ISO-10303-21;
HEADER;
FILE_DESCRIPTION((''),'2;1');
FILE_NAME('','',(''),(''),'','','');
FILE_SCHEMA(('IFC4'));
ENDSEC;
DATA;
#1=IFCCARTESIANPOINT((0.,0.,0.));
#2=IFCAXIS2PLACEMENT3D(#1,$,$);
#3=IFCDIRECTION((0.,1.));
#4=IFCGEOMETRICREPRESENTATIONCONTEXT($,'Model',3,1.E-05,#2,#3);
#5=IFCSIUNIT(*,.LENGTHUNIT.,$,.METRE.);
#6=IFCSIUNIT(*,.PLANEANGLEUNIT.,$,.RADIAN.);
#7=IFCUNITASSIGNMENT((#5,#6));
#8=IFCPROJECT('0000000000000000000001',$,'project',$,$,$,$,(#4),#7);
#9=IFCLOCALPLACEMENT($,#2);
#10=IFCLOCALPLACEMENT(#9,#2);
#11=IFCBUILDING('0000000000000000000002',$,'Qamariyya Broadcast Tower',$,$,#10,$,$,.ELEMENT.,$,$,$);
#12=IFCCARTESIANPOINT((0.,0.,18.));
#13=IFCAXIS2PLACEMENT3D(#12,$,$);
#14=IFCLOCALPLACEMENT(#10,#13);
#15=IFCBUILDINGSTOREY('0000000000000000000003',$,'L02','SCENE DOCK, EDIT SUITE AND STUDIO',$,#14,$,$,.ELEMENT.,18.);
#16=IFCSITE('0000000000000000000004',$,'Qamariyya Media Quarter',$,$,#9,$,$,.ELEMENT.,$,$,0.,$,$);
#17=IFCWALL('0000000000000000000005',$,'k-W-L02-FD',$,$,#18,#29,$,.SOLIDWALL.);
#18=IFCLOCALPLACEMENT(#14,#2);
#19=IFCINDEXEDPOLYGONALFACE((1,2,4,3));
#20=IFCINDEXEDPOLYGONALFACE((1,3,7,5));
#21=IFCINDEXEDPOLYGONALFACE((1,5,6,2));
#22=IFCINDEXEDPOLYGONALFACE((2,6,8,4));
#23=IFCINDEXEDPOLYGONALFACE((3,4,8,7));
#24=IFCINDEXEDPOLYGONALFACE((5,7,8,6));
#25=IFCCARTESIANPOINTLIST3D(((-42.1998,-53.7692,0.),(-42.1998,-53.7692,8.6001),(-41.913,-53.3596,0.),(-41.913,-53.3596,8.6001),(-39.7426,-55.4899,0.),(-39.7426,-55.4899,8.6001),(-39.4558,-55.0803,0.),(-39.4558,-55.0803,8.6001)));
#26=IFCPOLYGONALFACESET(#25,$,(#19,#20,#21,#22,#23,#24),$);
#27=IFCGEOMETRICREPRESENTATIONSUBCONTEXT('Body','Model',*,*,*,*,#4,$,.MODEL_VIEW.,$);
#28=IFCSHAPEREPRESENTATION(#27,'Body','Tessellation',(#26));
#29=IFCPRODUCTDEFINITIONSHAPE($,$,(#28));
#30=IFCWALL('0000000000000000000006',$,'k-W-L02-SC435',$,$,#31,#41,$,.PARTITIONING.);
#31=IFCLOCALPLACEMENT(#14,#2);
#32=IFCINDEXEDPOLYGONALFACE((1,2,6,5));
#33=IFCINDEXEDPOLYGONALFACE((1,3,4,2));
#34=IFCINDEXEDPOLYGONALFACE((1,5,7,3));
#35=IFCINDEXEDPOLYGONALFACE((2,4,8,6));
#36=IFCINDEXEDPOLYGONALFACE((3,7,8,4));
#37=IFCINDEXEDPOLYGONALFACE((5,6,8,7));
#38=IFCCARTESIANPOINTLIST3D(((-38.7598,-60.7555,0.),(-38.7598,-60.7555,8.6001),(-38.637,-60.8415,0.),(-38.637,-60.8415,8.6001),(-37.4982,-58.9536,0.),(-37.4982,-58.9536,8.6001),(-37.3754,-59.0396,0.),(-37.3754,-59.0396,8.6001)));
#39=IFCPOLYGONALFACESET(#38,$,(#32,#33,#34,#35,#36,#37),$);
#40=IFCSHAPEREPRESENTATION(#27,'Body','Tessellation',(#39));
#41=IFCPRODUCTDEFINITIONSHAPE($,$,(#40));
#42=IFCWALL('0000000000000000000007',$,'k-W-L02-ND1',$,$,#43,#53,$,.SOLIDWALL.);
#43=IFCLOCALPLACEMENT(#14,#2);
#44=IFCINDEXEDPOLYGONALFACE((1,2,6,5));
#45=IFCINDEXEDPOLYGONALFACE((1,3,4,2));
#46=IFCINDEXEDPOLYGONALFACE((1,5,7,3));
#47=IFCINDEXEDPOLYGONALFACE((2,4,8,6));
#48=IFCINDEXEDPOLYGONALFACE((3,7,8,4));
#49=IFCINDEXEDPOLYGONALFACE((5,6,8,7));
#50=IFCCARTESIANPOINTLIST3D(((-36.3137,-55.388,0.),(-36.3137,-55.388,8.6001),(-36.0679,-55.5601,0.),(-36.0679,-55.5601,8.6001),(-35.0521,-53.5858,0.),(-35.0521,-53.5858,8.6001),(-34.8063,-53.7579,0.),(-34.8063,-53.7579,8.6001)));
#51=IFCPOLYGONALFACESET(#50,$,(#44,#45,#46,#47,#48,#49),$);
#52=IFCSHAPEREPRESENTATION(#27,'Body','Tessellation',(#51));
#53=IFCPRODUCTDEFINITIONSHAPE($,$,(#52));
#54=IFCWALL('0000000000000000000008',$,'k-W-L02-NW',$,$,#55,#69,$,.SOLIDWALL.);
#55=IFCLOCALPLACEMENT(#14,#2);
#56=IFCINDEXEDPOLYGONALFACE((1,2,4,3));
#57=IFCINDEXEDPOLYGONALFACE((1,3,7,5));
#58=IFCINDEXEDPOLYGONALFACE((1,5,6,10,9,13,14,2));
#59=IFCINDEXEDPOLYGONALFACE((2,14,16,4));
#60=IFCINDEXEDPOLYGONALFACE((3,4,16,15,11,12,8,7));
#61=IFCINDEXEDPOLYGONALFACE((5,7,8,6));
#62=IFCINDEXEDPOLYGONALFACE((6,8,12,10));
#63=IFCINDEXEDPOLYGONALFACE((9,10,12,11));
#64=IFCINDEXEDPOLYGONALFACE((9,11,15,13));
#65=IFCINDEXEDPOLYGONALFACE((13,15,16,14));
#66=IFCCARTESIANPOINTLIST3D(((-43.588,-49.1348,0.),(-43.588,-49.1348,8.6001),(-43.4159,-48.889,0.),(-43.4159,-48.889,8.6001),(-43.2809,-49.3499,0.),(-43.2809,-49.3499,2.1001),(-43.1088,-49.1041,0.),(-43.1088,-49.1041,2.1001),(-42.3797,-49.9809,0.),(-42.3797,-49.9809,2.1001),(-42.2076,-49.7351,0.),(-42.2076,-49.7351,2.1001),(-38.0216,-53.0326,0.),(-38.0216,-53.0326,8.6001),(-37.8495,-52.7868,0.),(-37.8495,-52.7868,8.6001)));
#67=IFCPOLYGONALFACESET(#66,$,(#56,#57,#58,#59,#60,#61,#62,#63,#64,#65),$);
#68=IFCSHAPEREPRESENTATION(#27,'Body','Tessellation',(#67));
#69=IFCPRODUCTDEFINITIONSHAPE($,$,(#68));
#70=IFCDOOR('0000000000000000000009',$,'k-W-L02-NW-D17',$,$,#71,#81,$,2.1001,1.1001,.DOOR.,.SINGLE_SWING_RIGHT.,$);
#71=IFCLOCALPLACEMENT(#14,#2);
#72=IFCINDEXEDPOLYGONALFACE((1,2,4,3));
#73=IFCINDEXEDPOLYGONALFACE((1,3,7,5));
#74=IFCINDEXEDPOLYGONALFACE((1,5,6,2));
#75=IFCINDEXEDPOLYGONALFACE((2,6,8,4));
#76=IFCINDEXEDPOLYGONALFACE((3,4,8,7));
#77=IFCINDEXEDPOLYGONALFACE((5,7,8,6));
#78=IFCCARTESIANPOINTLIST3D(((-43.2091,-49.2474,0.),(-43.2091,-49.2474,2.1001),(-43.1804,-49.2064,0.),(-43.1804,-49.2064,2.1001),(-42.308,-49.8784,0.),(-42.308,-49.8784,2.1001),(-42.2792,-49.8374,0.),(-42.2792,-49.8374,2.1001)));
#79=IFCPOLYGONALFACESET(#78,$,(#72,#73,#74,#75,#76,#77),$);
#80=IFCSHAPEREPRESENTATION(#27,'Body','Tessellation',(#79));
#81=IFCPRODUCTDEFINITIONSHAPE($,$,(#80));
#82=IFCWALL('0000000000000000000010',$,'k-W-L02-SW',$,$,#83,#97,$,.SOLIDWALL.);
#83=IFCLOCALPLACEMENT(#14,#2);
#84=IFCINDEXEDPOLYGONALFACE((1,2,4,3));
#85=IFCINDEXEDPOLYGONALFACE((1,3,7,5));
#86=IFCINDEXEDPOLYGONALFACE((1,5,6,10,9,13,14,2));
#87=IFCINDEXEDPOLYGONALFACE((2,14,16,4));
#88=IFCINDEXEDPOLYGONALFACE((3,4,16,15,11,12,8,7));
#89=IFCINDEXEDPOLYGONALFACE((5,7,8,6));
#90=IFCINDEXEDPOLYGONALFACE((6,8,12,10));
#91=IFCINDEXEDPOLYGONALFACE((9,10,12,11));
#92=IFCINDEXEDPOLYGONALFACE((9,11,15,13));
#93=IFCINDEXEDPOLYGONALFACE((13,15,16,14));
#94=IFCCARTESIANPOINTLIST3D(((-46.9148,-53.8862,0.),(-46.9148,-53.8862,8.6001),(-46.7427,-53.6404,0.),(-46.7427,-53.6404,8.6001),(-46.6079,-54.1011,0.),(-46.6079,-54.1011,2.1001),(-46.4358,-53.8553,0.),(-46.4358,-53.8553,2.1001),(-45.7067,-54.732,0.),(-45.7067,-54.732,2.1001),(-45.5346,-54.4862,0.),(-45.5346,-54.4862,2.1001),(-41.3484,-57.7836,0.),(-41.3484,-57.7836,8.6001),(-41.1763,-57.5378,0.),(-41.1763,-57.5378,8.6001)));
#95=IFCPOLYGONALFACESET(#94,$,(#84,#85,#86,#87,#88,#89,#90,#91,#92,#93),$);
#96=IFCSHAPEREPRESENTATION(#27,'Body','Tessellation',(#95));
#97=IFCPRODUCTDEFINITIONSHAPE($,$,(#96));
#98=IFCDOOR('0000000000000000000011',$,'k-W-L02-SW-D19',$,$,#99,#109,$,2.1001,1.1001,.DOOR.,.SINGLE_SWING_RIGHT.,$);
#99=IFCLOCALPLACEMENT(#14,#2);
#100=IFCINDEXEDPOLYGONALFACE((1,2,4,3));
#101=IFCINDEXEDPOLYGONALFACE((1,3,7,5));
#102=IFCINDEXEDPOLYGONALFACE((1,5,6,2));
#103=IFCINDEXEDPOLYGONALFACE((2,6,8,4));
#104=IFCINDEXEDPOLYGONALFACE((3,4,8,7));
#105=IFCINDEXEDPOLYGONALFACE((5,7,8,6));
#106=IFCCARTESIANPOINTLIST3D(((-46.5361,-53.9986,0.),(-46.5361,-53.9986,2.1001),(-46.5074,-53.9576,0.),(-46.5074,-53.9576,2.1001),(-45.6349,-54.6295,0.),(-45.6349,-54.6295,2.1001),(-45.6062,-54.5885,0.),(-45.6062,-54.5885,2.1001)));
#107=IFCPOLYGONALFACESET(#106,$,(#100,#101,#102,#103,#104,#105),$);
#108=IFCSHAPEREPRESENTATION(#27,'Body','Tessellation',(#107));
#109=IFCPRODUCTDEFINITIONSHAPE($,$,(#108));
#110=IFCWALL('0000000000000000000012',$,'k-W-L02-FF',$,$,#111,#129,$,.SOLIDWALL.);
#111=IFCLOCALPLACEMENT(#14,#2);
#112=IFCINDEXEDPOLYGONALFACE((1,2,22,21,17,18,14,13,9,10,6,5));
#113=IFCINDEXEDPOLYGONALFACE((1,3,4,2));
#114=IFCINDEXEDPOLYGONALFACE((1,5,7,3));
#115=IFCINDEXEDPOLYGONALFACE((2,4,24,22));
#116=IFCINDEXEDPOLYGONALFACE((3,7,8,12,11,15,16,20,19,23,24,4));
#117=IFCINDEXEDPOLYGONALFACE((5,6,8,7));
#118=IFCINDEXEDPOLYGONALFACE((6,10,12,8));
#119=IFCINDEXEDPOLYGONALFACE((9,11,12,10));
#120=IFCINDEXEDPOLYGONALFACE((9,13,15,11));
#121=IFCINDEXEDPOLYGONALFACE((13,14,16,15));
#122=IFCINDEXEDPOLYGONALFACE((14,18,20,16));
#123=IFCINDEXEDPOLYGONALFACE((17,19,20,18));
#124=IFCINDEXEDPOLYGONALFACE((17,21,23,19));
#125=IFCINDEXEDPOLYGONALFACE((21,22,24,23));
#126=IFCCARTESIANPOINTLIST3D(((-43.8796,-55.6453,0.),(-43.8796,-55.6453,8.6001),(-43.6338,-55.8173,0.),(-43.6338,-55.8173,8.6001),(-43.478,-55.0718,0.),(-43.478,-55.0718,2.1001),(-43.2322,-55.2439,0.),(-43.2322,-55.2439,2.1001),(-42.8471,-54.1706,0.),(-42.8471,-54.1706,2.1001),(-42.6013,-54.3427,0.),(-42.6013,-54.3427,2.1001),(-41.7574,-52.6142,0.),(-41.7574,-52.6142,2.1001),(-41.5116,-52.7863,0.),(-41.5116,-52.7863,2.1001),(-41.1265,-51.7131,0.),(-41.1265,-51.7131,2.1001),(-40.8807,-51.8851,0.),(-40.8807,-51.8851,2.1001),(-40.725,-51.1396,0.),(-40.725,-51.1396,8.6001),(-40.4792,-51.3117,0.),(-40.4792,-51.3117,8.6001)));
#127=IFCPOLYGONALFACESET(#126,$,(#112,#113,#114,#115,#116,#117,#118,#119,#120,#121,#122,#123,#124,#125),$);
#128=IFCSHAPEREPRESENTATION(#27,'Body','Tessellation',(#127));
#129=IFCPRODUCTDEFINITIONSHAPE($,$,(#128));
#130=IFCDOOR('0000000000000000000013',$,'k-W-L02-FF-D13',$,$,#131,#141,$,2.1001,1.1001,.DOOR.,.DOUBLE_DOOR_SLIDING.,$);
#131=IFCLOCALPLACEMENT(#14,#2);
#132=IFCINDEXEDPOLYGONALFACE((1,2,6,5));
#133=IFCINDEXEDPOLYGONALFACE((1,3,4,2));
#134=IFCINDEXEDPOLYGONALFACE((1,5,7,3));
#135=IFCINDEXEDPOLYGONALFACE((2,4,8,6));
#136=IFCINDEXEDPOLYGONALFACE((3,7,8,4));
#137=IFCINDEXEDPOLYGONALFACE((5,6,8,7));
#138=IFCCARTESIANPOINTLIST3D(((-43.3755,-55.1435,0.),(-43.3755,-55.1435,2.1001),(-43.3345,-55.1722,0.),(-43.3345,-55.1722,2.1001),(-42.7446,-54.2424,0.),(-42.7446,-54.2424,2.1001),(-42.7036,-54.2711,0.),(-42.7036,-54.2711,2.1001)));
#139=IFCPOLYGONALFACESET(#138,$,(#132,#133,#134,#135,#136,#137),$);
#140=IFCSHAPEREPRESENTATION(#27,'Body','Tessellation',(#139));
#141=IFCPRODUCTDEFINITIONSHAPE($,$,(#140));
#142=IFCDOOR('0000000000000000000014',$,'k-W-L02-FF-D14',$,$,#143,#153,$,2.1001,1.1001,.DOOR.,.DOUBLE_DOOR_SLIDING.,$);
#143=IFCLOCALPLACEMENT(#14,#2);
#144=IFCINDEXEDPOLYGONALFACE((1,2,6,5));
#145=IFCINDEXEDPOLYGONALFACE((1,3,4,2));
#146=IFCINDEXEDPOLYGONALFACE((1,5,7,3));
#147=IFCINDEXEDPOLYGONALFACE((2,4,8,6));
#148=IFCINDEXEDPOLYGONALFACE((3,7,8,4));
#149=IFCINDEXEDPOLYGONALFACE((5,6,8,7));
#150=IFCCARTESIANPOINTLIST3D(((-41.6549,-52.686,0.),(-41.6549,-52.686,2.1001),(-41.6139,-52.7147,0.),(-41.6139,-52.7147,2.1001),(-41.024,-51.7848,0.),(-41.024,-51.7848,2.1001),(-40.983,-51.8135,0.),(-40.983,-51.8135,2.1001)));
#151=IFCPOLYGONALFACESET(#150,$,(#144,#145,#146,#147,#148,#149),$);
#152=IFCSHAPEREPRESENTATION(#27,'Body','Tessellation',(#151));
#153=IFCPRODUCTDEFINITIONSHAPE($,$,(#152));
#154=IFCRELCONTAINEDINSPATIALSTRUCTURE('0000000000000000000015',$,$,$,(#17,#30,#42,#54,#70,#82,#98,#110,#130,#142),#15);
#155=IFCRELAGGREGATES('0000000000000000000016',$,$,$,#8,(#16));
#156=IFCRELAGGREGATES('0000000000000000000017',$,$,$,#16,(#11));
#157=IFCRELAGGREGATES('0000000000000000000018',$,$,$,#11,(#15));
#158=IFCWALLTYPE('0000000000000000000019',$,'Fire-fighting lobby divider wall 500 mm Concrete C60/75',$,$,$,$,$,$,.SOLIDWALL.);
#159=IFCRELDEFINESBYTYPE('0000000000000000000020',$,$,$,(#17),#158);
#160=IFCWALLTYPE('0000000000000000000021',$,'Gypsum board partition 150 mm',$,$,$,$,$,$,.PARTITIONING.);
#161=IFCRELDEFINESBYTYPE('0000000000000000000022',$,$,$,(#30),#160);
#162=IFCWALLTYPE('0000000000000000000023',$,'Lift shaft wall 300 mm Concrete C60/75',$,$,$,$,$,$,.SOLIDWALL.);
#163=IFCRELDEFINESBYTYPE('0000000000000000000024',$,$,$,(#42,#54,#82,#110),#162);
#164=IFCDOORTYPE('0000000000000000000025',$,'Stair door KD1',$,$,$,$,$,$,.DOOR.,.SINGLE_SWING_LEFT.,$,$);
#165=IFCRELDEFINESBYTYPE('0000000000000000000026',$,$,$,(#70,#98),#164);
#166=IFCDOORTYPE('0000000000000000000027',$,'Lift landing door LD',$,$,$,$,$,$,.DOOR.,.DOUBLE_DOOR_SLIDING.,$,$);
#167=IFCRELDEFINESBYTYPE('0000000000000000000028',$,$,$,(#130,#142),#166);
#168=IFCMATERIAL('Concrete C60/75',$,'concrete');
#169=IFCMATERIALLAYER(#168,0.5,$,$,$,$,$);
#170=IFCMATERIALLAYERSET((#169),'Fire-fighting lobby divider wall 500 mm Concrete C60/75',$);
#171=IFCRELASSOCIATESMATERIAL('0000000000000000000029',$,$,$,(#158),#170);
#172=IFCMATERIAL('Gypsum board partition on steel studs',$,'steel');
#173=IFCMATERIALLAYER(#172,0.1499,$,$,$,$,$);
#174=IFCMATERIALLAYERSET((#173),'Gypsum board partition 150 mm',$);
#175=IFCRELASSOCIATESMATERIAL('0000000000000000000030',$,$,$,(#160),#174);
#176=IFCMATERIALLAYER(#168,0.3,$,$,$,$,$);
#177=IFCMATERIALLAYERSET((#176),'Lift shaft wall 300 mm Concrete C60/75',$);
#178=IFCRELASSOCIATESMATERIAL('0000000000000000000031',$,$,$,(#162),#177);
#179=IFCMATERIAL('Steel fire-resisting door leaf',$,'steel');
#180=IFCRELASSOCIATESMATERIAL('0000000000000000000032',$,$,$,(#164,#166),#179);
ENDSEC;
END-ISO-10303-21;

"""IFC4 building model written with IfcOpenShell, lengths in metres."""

from ifc_helpers import new_model, si_unit, direction, frame, frame_2d, origin, place, context, subcontext, project, spatial, rectangle, extrude, material, layer, layer_set, type_object, element, fill, save


model = new_model("IFC4")

# Units and contexts
model_context = context("Model", 3, precision=1e-05, world=origin(), true_north=direction((0.0, 1.0)))
body_context = subcontext(model_context, "Body", "Model", "MODEL_VIEW")
ifc_project = project(units=[si_unit("LENGTHUNIT", "METRE"), si_unit("PLANEANGLEUNIT", "RADIAN")], contexts=[model_context])

# Site, building, storey
site_placement = place(None, origin())
site = spatial("IfcSite", under=ifc_project, at=site_placement, Name="Qamariyya Media Quarter", CompositionType="ELEMENT", RefElevation=0.0)
building_placement = place(site_placement, origin())
building = spatial("IfcBuilding", under=site, at=building_placement, Name="Qamariyya Broadcast Tower", CompositionType="ELEMENT")
storey_placement = place(building_placement, frame((0.0, 0.0, 18.0)))
storey = spatial("IfcBuildingStorey", under=building, at=storey_placement, Name="L02", Description="SCENE DOCK, EDIT SUITE AND STUDIO", CompositionType="ELEMENT", Elevation=18.0)

# Walls
ifc_material_1 = material(Name="Concrete C60/75", Category="concrete")
ifc_layer_1 = layer(ifc_material_1, 0.5)
ifc_layer_set_1 = layer_set([ifc_layer_1], Name="Fire-fighting lobby divider wall 500 mm Concrete C60/75")
wall_type_1 = type_object("IfcWallType", Name="Fire-fighting lobby divider wall 500 mm Concrete C60/75", PredefinedType="SOLIDWALL", material=ifc_layer_set_1)
wall_1_placement = place(storey_placement, frame((-39.5991, -55.2852, 0.0), z_axis=(0.0, 0.0, 1.0), x_axis=(-0.819136, 0.573599, 0.0)))
element("IfcWall", 1, at=wall_1_placement, inside=storey, type_object=wall_type_1, Name="k-W-L02-FD", PredefinedType="SOLIDWALL", context=body_context, shape_type="SweptSolid", body=[
    extrude(rectangle(XDim=2.9998, YDim=0.5, at=frame_2d((1.5, 0.0))), origin(), (0.0, 0.0, 1.0), 8.6001),
])
ifc_material_2 = material(Name="Gypsum board partition on steel studs", Category="steel")
ifc_layer_2 = layer(ifc_material_2, 0.1499)
ifc_layer_set_2 = layer_set([ifc_layer_2], Name="Gypsum board partition 150 mm")
wall_type_2 = type_object("IfcWallType", Name="Gypsum board partition 150 mm", PredefinedType="PARTITIONING", material=ifc_layer_set_2)
wall_2_placement = place(storey_placement, frame((-37.4368, -58.9966, 0.0), z_axis=(0.0, 0.0, 1.0), x_axis=(-0.573559, -0.819164, 0.0)))
element("IfcWall", 2, at=wall_2_placement, inside=storey, type_object=wall_type_2, Name="k-W-L02-SC435", PredefinedType="PARTITIONING", context=body_context, shape_type="SweptSolid", body=[
    extrude(rectangle(XDim=2.1997, YDim=0.1499, at=frame_2d((1.0999, 0.0))), origin(), (0.0, 0.0, 1.0), 8.6001),
])
ifc_layer_3 = layer(ifc_material_1, 0.3)
ifc_layer_set_3 = layer_set([ifc_layer_3], Name="Lift shaft wall 300 mm Concrete C60/75")
wall_type_3 = type_object("IfcWallType", Name="Lift shaft wall 300 mm Concrete C60/75", PredefinedType="SOLIDWALL", material=ifc_layer_set_3)
wall_3_placement = place(storey_placement, frame((-36.1909, -55.4741, 0.0), z_axis=(0.0, 0.0, 1.0), x_axis=(0.573507, 0.819201, 0.0)))
element("IfcWall", 3, at=wall_3_placement, inside=storey, type_object=wall_type_3, Name="k-W-L02-ND1", PredefinedType="SOLIDWALL", context=body_context, shape_type="SweptSolid", body=[
    extrude(rectangle(XDim=2.2, YDim=0.3, at=frame_2d((1.1001, 0.0))), origin(), (0.0, 0.0, 1.0), 8.6001),
])

# Walls, openings, doors
wall_4_placement = place(storey_placement, frame((-37.9355, -52.9097, 0.0), z_axis=(0.0, 0.0, 1.0), x_axis=(-0.819148, 0.573583, 0.0)))
wall_4 = element("IfcWall", 4, at=wall_4_placement, inside=storey, type_object=wall_type_3, Name="k-W-L02-NW", PredefinedType="SOLIDWALL", context=body_context, shape_type="SweptSolid", body=[
    extrude(rectangle(XDim=6.7954, YDim=0.3, at=frame_2d((3.3977, 0.0))), origin(), (0.0, 0.0, 1.0), 8.6001),
])
opening_1_placement = place(wall_4_placement, frame((5.3203, 0.0, 0.0)))
opening_1 = element("IfcOpeningElement", 5, at=opening_1_placement, cuts=wall_4, PredefinedType="OPENING", context=body_context, shape_type="SweptSolid", body=[
    extrude(rectangle(XDim=1.1001, YDim=2.1001, at=frame_2d((0.55, 1.05))), frame((0.0, 0.1599, 0.0), z_axis=(0.0, -1.0, 0.0), x_axis=(1.0, 0.0, 0.0)), (0.0, 0.0, 1.0), 0.3201),
])
ifc_material_3 = material(Name="Steel fire-resisting door leaf", Category="steel")
door_type_1 = type_object("IfcDoorType", Name="Stair door KD1", OperationType="SINGLE_SWING_LEFT", PredefinedType="DOOR", material=ifc_material_3)
door_1_placement = place(opening_1_placement, origin())
door_1 = element("IfcDoor", 6, at=door_1_placement, inside=storey, type_object=door_type_1, Name="k-W-L02-NW-D17", OperationType="SINGLE_SWING_RIGHT", OverallHeight=2.1001, OverallWidth=1.1001, PredefinedType="DOOR", context=body_context, shape_type="SweptSolid", body=[
    extrude(rectangle(XDim=1.1001, YDim=2.1001, at=frame_2d((0.55, 1.05))), frame((0.0, 0.0249, 0.0), z_axis=(0.0, -1.0, 0.0), x_axis=(1.0, 0.0, 0.0)), (0.0, 0.0, 1.0), 0.05),
])
fill(opening_1, door_1)
wall_5_placement = place(storey_placement, frame((-41.2625, -57.6606, 0.0), z_axis=(0.0, 0.0, 1.0), x_axis=(-0.819164, 0.573559, 0.0)))
wall_5 = element("IfcWall", 7, at=wall_5_placement, inside=storey, type_object=wall_type_3, Name="k-W-L02-SW", PredefinedType="SOLIDWALL", context=body_context, shape_type="SweptSolid", body=[
    extrude(rectangle(XDim=6.7952, YDim=0.3, at=frame_2d((3.3975, 0.0))), origin(), (0.0, 0.0, 1.0), 8.6001),
])
opening_2_placement = place(wall_5_placement, frame((5.3203, 0.0, 0.0)))
opening_2 = element("IfcOpeningElement", 8, at=opening_2_placement, cuts=wall_5, PredefinedType="OPENING", context=body_context, shape_type="SweptSolid", body=[
    extrude(rectangle(XDim=1.1001, YDim=2.1001, at=frame_2d((0.55, 1.05))), frame((0.0, 0.1599, 0.0), z_axis=(0.0, -1.0, 0.0), x_axis=(1.0, 0.0, 0.0)), (0.0, 0.0, 1.0), 0.3201),
])
door_2_placement = place(opening_2_placement, origin())
door_2 = element("IfcDoor", 9, at=door_2_placement, inside=storey, type_object=door_type_1, Name="k-W-L02-SW-D19", OperationType="SINGLE_SWING_RIGHT", OverallHeight=2.1001, OverallWidth=1.1001, PredefinedType="DOOR", context=body_context, shape_type="SweptSolid", body=[
    extrude(rectangle(XDim=1.1001, YDim=2.1001, at=frame_2d((0.55, 1.05))), frame((0.0, 0.0249, 0.0), z_axis=(0.0, -1.0, 0.0), x_axis=(1.0, 0.0, 0.0)), (0.0, 0.0, 1.0), 0.05),
])
fill(opening_2, door_2)

# Wall, openings, doors
wall_6_placement = place(storey_placement, frame((-43.7566, -55.7312, 0.0), z_axis=(0.0, 0.0, 1.0), x_axis=(0.573537, 0.81918, 0.0)))
wall_6 = element("IfcWall", 10, at=wall_6_placement, inside=storey, type_object=wall_type_3, Name="k-W-L02-FF", PredefinedType="SOLIDWALL", context=body_context, shape_type="SweptSolid", body=[
    extrude(rectangle(XDim=5.5002, YDim=0.3, at=frame_2d((2.75, 0.0))), origin(), (0.0, 0.0, 1.0), 8.6001),
])
opening_3_placement = place(wall_6_placement, frame((0.7, 0.0, 0.0)))
opening_3 = element("IfcOpeningElement", 11, at=opening_3_placement, cuts=wall_6, PredefinedType="OPENING", context=body_context, shape_type="SweptSolid", body=[
    extrude(rectangle(XDim=1.1001, YDim=2.1001, at=frame_2d((0.55, 1.05))), frame((0.0, 0.1599, 0.0), z_axis=(0.0, -1.0, 0.0), x_axis=(1.0, 0.0, 0.0)), (0.0, 0.0, 1.0), 0.3201),
])
opening_4_placement = place(wall_6_placement, frame((3.7, 0.0, 0.0)))
opening_4 = element("IfcOpeningElement", 12, at=opening_4_placement, cuts=wall_6, PredefinedType="OPENING", context=body_context, shape_type="SweptSolid", body=[
    extrude(rectangle(XDim=1.1001, YDim=2.1001, at=frame_2d((0.55, 1.05))), frame((0.0, 0.1599, 0.0), z_axis=(0.0, -1.0, 0.0), x_axis=(1.0, 0.0, 0.0)), (0.0, 0.0, 1.0), 0.3201),
])
door_type_2 = type_object("IfcDoorType", Name="Lift landing door LD", OperationType="DOUBLE_DOOR_SLIDING", PredefinedType="DOOR", material=ifc_material_3)
door_3_placement = place(opening_3_placement, origin())
door_3 = element("IfcDoor", 13, at=door_3_placement, inside=storey, type_object=door_type_2, Name="k-W-L02-FF-D13", OperationType="DOUBLE_DOOR_SLIDING", OverallHeight=2.1001, OverallWidth=1.1001, PredefinedType="DOOR", context=body_context, shape_type="SweptSolid", body=[
    extrude(rectangle(XDim=1.1001, YDim=2.1001, at=frame_2d((0.55, 1.05))), frame((0.0, 0.0249, 0.0), z_axis=(0.0, -1.0, 0.0), x_axis=(1.0, 0.0, 0.0)), (0.0, 0.0, 1.0), 0.05),
])
fill(opening_3, door_3)
door_4_placement = place(opening_4_placement, origin())
door_4 = element("IfcDoor", 14, at=door_4_placement, inside=storey, type_object=door_type_2, Name="k-W-L02-FF-D14", OperationType="DOUBLE_DOOR_SLIDING", OverallHeight=2.1001, OverallWidth=1.1001, PredefinedType="DOOR", context=body_context, shape_type="SweptSolid", body=[
    extrude(rectangle(XDim=1.1001, YDim=2.1001, at=frame_2d((0.55, 1.05))), frame((0.0, 0.0249, 0.0), z_axis=(0.0, -1.0, 0.0), x_axis=(1.0, 0.0, 0.0)), (0.0, 0.0, 1.0), 0.05),
])
fill(opening_4, door_4)

save(model, "model.ifc")
